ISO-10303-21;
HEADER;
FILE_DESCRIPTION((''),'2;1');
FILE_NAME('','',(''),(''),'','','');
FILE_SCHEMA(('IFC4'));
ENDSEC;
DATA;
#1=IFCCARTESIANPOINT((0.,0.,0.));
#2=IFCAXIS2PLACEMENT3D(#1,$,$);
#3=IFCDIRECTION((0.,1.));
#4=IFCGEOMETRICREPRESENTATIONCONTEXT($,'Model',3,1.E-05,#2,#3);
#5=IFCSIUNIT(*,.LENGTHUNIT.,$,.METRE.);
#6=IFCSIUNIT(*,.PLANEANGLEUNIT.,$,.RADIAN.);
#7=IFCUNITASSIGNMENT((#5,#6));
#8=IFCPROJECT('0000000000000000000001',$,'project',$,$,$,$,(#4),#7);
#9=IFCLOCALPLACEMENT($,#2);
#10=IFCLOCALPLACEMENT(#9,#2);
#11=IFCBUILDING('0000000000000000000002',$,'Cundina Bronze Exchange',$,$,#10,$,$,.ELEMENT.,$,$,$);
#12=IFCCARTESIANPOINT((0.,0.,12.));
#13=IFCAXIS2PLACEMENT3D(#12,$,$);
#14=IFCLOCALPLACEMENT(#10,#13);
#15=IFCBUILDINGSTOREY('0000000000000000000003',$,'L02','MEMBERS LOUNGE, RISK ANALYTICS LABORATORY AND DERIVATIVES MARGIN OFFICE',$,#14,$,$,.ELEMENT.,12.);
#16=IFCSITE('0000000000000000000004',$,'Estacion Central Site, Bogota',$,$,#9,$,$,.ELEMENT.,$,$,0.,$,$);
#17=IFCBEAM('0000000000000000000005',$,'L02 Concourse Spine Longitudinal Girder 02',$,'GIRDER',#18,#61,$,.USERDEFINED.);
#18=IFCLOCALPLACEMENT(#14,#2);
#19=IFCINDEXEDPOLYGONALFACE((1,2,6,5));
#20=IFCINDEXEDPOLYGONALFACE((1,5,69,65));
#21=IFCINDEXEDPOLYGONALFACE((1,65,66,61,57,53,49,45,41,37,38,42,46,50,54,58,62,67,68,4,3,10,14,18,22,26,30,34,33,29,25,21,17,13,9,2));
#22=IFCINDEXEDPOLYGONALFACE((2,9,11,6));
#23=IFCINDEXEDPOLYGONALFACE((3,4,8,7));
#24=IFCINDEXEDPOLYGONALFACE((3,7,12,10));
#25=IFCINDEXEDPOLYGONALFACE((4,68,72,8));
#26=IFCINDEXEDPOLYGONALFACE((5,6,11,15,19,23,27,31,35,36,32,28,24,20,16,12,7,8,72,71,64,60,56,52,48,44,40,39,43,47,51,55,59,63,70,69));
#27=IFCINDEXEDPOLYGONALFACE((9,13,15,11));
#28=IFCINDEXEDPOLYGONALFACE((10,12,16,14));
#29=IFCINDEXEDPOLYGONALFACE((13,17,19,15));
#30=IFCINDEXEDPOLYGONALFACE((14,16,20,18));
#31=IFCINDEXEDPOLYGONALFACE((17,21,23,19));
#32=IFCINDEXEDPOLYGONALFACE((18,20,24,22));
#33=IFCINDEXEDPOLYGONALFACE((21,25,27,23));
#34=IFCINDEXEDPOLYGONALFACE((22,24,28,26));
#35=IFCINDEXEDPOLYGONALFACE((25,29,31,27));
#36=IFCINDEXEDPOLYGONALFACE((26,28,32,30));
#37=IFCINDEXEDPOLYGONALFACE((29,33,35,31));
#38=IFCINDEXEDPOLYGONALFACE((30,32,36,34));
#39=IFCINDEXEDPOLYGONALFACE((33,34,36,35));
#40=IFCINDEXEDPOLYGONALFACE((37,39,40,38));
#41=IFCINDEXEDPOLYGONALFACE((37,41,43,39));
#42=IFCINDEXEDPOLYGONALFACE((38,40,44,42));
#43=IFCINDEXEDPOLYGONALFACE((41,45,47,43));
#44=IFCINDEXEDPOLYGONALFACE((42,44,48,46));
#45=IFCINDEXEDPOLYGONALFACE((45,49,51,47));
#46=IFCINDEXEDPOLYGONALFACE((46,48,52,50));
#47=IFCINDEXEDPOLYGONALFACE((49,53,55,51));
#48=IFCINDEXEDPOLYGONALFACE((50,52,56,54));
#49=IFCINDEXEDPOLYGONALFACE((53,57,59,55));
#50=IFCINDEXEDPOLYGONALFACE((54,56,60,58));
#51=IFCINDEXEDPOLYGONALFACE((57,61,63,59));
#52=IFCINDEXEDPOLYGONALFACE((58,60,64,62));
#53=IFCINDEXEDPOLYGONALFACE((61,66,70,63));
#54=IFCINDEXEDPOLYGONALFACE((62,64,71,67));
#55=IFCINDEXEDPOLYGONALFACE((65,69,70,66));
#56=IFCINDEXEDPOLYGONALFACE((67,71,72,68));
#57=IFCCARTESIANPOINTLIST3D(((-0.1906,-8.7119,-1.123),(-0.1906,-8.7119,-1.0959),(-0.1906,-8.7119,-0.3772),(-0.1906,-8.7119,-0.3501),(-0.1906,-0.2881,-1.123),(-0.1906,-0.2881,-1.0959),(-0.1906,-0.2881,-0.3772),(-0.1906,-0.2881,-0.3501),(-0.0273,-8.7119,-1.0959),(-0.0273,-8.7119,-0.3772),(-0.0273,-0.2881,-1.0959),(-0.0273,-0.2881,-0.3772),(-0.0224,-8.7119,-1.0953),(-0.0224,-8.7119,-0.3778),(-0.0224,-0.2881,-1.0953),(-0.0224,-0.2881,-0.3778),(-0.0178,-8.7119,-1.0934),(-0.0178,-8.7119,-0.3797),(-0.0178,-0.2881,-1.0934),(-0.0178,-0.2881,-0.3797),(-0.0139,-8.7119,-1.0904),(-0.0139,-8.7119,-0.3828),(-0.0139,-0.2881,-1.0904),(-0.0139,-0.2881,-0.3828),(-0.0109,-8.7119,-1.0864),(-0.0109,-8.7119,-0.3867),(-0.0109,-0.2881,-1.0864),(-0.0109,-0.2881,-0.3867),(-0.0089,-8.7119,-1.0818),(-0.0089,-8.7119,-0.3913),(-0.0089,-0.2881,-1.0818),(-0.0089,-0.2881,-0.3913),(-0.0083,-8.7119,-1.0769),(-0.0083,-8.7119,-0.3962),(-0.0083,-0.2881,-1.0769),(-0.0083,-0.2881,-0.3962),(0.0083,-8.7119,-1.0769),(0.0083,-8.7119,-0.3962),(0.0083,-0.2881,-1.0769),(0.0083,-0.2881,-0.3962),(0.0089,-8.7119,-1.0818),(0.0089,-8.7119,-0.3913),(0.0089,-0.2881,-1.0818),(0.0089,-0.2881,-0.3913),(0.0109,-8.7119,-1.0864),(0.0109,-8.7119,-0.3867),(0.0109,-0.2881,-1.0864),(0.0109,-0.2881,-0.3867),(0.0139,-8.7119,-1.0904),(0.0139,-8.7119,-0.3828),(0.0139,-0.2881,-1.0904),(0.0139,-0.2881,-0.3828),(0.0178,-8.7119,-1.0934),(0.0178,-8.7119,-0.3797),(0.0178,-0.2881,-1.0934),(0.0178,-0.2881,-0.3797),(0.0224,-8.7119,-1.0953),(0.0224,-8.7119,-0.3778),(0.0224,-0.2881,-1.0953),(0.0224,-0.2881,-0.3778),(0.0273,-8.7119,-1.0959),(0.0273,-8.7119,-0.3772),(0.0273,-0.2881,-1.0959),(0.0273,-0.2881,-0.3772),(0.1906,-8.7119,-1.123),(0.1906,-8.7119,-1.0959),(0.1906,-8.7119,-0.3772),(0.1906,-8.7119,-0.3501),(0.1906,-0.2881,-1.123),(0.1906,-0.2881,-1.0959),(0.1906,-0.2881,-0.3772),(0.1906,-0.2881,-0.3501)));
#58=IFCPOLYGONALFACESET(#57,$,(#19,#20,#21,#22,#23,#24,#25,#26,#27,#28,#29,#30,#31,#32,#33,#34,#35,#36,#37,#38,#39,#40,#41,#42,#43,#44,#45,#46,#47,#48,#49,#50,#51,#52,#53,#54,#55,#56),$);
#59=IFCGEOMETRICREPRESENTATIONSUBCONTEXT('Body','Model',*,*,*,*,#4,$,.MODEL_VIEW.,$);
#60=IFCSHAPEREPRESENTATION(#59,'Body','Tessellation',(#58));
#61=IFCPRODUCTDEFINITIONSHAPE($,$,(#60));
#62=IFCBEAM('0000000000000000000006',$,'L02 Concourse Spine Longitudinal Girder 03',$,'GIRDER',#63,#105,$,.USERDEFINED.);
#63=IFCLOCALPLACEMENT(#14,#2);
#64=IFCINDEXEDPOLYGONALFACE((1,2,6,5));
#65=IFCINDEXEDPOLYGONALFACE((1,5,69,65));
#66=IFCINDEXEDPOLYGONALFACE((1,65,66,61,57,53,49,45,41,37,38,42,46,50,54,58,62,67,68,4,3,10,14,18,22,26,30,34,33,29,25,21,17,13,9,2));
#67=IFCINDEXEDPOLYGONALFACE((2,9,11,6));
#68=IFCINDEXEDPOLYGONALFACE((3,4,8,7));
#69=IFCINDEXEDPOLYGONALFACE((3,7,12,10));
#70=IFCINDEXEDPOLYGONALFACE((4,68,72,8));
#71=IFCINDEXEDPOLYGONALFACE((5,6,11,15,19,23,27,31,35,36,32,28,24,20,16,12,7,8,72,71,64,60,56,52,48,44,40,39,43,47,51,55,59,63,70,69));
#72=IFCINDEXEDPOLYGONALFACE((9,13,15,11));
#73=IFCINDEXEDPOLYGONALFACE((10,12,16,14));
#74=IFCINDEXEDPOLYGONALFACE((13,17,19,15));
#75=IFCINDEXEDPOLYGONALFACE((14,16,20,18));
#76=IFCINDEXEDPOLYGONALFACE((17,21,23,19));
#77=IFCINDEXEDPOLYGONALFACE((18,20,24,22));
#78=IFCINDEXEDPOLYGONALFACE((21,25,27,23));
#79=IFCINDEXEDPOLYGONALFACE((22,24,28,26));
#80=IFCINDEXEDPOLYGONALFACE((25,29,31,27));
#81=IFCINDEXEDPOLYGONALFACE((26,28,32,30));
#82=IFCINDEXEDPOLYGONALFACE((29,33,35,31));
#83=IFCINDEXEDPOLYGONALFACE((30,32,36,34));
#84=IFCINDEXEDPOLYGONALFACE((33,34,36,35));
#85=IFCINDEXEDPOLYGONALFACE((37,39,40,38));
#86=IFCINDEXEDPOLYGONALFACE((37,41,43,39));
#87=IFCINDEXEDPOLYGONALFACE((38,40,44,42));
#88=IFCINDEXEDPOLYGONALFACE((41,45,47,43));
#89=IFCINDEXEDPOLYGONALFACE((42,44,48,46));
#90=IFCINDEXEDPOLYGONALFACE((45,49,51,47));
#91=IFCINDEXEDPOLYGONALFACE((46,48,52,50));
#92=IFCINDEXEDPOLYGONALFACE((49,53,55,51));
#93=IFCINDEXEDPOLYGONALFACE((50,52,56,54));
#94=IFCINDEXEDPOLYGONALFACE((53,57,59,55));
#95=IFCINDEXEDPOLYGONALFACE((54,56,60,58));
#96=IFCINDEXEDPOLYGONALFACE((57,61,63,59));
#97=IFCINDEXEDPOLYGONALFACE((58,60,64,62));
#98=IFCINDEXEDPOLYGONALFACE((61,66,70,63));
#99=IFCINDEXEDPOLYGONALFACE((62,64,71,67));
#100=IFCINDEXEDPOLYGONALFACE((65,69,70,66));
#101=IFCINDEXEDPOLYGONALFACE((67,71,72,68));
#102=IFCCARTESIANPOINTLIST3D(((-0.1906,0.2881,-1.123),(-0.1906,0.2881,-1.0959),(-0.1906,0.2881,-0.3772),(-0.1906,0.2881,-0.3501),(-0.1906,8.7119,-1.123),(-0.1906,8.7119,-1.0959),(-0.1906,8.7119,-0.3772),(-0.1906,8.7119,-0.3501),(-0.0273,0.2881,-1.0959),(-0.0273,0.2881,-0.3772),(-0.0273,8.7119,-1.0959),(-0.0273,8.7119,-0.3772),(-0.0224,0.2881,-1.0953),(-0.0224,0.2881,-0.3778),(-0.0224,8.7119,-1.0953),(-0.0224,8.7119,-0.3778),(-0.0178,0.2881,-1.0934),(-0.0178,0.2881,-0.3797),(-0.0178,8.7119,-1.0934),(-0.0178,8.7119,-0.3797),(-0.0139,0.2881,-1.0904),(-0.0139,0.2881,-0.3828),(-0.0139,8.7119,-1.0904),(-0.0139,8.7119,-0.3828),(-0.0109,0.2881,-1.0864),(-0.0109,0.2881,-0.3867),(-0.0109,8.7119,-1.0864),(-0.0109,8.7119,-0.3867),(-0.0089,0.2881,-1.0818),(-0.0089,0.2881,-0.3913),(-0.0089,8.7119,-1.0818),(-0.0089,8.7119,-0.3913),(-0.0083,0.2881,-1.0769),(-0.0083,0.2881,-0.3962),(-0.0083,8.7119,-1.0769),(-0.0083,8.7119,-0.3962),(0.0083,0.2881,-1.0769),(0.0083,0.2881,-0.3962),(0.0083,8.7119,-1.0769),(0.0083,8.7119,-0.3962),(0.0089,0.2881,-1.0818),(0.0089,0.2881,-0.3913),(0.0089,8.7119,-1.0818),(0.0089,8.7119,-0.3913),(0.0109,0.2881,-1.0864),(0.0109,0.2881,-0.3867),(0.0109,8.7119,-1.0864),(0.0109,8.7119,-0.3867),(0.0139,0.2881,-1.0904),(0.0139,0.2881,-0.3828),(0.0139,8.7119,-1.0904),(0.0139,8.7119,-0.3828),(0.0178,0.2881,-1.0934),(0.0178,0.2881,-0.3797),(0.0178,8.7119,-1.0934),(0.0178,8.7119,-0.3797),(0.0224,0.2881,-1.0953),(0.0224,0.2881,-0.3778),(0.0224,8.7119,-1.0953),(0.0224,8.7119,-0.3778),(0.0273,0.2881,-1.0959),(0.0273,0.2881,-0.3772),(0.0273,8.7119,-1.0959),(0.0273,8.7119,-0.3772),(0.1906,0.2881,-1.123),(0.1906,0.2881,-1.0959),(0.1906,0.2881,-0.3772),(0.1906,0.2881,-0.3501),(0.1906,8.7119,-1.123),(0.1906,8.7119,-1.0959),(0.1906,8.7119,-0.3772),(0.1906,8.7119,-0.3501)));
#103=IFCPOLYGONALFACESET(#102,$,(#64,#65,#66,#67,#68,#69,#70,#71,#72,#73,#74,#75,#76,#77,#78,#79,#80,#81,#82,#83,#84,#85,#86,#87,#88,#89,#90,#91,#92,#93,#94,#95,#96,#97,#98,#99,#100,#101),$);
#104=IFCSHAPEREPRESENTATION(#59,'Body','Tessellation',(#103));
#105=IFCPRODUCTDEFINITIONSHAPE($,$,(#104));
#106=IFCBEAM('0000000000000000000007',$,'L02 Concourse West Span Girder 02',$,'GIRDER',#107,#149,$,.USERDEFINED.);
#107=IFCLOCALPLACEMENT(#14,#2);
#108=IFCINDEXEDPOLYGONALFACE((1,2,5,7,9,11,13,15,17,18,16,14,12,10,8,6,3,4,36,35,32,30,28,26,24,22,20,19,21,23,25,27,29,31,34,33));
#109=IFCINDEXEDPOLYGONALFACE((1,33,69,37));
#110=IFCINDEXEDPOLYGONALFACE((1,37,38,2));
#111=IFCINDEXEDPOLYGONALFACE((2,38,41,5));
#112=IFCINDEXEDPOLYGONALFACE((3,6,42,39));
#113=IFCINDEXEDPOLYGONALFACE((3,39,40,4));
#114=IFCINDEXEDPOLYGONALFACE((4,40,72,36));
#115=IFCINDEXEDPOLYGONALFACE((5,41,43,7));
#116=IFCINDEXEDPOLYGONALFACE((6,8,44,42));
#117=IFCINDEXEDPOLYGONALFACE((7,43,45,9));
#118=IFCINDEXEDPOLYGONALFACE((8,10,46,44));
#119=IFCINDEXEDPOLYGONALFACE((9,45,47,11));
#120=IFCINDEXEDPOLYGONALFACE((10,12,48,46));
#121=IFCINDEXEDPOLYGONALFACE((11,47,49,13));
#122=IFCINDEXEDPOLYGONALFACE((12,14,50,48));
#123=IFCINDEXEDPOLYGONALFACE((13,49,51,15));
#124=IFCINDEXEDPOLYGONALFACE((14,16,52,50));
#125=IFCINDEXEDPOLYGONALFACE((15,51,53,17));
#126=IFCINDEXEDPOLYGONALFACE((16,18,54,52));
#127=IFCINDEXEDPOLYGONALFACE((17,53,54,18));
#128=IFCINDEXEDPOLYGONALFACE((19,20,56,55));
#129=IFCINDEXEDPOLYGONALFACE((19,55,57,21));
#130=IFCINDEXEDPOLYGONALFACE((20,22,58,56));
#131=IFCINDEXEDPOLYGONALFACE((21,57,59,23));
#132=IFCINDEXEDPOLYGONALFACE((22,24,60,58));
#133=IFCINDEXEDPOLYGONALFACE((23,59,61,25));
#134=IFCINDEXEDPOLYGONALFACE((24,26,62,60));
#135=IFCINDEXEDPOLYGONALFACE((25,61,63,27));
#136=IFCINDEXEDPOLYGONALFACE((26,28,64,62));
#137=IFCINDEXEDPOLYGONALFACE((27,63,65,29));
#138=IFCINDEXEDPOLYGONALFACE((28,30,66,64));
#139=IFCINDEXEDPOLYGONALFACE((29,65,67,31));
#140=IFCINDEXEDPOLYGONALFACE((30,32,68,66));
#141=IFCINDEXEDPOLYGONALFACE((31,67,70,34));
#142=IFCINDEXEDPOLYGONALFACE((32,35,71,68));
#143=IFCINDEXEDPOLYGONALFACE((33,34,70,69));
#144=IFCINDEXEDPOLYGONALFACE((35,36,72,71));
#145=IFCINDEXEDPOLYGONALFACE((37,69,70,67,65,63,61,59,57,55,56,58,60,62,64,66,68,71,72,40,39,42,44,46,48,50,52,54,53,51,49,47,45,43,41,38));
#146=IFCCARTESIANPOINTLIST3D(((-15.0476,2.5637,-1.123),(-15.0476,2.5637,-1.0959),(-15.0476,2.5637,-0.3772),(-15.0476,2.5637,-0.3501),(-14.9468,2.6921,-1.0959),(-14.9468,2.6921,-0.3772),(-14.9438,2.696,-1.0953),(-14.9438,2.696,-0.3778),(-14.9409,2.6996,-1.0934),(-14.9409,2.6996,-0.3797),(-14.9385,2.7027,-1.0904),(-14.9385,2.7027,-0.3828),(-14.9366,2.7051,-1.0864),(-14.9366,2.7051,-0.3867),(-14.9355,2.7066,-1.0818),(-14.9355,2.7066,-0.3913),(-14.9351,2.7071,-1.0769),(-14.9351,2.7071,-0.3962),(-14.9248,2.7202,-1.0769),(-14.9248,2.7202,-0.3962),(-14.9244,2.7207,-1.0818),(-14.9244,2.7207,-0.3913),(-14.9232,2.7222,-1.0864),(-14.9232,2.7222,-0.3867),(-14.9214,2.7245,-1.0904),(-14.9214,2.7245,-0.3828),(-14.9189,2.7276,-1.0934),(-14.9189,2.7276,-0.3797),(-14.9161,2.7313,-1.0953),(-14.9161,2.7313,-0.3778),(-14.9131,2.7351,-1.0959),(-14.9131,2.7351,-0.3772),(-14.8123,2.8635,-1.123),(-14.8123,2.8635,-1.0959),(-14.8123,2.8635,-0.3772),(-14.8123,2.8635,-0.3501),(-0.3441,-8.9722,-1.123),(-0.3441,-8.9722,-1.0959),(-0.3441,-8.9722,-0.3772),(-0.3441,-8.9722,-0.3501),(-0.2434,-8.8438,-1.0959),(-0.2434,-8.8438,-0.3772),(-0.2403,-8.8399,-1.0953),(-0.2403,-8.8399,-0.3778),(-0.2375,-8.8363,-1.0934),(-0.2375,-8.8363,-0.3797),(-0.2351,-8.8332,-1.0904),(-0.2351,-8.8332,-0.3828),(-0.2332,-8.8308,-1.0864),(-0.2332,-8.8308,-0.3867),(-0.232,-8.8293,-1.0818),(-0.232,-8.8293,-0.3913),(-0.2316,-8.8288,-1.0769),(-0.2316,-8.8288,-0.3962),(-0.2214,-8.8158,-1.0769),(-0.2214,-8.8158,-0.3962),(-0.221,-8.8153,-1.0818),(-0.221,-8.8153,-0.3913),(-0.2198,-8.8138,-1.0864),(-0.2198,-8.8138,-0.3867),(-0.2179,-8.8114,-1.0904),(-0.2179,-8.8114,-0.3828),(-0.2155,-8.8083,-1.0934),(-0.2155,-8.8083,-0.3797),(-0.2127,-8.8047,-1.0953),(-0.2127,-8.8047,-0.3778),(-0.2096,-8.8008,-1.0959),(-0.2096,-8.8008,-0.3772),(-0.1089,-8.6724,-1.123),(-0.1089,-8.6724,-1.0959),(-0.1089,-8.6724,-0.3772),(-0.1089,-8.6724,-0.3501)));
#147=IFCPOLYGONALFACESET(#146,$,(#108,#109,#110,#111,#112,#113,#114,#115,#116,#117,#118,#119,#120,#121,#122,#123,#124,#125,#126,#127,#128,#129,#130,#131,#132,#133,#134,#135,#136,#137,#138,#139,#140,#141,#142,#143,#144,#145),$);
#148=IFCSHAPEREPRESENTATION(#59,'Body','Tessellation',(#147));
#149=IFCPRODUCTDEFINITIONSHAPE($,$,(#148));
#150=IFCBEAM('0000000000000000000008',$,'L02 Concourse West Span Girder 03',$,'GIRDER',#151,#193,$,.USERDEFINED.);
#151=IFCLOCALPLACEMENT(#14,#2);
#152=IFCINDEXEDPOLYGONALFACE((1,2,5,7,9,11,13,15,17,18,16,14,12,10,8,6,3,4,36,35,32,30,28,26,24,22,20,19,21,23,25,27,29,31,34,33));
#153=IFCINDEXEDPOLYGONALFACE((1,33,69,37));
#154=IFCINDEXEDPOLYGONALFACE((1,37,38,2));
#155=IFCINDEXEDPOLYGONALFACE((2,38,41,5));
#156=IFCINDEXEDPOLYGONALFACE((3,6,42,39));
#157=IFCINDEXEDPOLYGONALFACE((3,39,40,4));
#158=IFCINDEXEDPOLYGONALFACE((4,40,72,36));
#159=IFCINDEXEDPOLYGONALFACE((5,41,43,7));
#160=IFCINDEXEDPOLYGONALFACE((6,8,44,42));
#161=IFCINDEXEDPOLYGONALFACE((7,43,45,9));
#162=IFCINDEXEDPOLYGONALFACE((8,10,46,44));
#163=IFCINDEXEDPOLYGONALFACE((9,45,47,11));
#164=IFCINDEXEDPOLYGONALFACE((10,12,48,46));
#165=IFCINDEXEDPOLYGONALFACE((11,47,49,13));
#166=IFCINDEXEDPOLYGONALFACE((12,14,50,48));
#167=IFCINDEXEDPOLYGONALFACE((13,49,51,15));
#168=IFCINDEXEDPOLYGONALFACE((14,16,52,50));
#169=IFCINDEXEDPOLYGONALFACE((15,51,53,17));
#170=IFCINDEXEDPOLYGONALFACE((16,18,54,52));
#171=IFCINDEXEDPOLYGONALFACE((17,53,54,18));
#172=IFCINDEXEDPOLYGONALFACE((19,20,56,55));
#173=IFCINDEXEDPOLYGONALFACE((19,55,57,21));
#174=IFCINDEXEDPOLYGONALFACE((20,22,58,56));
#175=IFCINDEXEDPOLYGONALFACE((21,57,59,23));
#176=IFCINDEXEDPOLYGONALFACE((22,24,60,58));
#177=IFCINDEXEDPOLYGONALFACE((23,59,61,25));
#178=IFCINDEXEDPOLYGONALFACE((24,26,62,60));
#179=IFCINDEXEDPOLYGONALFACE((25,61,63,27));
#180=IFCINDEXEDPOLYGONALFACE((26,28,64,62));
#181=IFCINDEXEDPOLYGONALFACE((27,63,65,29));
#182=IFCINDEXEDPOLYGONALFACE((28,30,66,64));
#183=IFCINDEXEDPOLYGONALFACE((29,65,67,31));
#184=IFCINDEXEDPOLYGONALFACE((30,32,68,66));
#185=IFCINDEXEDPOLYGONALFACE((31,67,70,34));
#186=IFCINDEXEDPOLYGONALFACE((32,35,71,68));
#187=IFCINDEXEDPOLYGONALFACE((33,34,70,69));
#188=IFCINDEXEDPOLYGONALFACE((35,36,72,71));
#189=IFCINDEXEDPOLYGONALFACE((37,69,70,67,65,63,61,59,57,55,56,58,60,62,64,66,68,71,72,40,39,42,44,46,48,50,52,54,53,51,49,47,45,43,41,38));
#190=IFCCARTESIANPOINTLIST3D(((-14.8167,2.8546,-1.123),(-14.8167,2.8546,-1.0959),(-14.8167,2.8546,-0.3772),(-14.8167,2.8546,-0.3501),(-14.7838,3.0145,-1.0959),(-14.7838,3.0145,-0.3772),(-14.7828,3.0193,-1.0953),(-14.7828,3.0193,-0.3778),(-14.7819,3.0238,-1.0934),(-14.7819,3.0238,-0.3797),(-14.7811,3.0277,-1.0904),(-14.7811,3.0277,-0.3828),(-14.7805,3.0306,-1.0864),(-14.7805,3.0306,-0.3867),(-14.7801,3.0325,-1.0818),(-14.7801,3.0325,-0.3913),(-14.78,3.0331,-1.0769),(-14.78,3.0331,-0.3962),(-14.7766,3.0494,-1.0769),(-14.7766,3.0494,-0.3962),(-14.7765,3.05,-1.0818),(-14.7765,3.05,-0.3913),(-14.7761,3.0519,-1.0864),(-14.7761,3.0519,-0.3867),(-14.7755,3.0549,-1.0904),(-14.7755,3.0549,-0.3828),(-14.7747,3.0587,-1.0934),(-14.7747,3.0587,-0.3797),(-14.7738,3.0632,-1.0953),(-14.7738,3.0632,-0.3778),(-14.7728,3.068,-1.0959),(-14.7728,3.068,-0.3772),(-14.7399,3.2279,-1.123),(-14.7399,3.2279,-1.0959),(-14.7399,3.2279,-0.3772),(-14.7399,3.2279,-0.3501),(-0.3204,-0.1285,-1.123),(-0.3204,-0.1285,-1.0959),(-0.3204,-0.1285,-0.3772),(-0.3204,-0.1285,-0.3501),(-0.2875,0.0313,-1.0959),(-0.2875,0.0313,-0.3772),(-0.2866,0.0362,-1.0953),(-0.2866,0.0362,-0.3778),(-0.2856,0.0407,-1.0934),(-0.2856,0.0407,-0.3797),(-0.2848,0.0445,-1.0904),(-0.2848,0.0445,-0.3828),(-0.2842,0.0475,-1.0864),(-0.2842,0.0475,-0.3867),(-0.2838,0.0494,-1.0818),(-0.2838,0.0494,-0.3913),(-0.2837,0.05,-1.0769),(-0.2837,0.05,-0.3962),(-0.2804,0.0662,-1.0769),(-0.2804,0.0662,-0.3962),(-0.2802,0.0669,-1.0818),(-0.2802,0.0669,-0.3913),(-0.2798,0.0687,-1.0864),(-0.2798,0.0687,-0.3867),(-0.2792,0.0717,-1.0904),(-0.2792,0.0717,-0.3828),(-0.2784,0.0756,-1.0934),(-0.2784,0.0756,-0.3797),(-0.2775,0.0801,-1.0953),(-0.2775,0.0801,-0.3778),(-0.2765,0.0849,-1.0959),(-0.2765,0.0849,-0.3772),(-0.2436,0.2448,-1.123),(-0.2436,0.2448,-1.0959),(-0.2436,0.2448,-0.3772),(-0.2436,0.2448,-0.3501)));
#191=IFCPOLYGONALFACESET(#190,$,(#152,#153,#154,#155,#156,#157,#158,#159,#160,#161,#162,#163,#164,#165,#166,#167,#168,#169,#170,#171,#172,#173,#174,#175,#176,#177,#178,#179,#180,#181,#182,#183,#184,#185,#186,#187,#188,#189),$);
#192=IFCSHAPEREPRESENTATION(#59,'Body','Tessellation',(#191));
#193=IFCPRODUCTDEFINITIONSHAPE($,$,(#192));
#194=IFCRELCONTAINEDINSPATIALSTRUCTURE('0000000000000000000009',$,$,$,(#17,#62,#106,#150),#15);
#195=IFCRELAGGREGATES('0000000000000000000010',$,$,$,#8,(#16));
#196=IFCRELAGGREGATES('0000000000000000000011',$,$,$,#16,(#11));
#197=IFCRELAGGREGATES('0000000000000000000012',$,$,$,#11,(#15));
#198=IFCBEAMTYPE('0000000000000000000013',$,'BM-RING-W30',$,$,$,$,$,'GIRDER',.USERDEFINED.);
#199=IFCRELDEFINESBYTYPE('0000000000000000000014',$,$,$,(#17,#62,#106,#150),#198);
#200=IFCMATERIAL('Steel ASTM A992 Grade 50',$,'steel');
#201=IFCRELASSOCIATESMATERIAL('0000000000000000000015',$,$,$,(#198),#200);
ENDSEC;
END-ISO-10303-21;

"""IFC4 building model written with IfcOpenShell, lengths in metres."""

from ifc_helpers import new_model, si_unit, direction, frame, origin, origin_2d, place, context, subcontext, project, spatial, i_section, extrude, material, material_profile, profile_set, type_object, element, save


model = new_model("IFC4")

# Units and contexts
model_context = context("Model", 3, precision=1e-05, world=origin(), true_north=direction((0.0, 1.0)))
body_context = subcontext(model_context, "Body", "Model", "MODEL_VIEW")
ifc_project = project(units=[si_unit("LENGTHUNIT", "METRE"), si_unit("PLANEANGLEUNIT", "RADIAN")], contexts=[model_context])

# Site, building, storey
site_placement = place(None, origin())
site = spatial("IfcSite", under=ifc_project, at=site_placement, Name="Estacion Central Site, Bogota", CompositionType="ELEMENT", RefElevation=0.0)
building_placement = place(site_placement, origin())
building = spatial("IfcBuilding", under=site, at=building_placement, Name="Cundina Bronze Exchange", CompositionType="ELEMENT")
storey_placement = place(building_placement, frame((0.0, 0.0, 12.0)))
storey = spatial("IfcBuildingStorey", under=building, at=storey_placement, Name="L02", Description="MEMBERS LOUNGE, RISK ANALYTICS LABORATORY AND DERIVATIVES MARGIN OFFICE", CompositionType="ELEMENT", Elevation=12.0)

# Shared definitions
ifc_material_1 = material(Name="Steel ASTM A992 Grade 50", Category="steel")

# Beams
ifc_material_profile_1 = material_profile(ifc_material_1, i_section(OverallWidth=0.3811, OverallDepth=0.7729, WebThickness=0.0166, FlangeThickness=0.0271, FilletRadius=0.019, at=origin_2d()), Name="W30X173", Category="steel")
ifc_profile_set_1 = profile_set([ifc_material_profile_1], Name="Steel ASTM A992 Grade 50")
beam_type_1 = type_object("IfcBeamType", Name="BM-RING-W30", ElementType="GIRDER", PredefinedType="USERDEFINED", material=ifc_profile_set_1)
for number, where, z_axis, x_axis, name in (
    (1, (0.0, -8.7119, -0.7366), (0.0, 1.0, 0.0), (-1.0, 0.0, 0.0), "L02 Concourse Spine Longitudinal Girder 02"),
    (2, (0.0, 0.2881, -0.7366), (0.0, 1.0, 0.0), (-1.0, 0.0, 0.0), "L02 Concourse Spine Longitudinal Girder 03"),
):
    element("IfcBeam", number, at=place(storey_placement, frame(where, z_axis=z_axis, x_axis=x_axis)), inside=storey, type_object=beam_type_1, Name=name, ObjectType="GIRDER", PredefinedType="USERDEFINED", context=body_context, shape_type="SweptSolid", body=[
        extrude(i_section(OverallWidth=0.3811, OverallDepth=0.7729, WebThickness=0.0166, FlangeThickness=0.0271, FilletRadius=0.019, at=origin_2d()), origin(), (0.0, 0.0, 1.0), 8.4238),
    ])
beam_1_placement = place(storey_placement, frame((-14.9299, 2.7136, -0.7366), z_axis=(0.786754, -0.617267, 0.0), x_axis=(0.617267, 0.786754, 0.0)))
element("IfcBeam", 3, at=beam_1_placement, inside=storey, type_object=beam_type_1, Name="L02 Concourse West Span Girder 02", ObjectType="GIRDER", PredefinedType="USERDEFINED", context=body_context, shape_type="SweptSolid", body=[
    extrude(i_section(OverallWidth=0.3811, OverallDepth=0.7729, WebThickness=0.0166, FlangeThickness=0.0271, FilletRadius=0.019, at=origin_2d()), origin(), (0.0, 0.0, 1.0), 18.6887),
])
beam_2_placement = place(storey_placement, frame((-14.7783, 3.0413, -0.7366), z_axis=(0.979476, -0.201563, 0.0), x_axis=(0.201563, 0.979476, 0.0)))
element("IfcBeam", 4, at=beam_2_placement, inside=storey, type_object=beam_type_1, Name="L02 Concourse West Span Girder 03", ObjectType="GIRDER", PredefinedType="USERDEFINED", context=body_context, shape_type="SweptSolid", body=[
    extrude(i_section(OverallWidth=0.3811, OverallDepth=0.7729, WebThickness=0.0166, FlangeThickness=0.0271, FilletRadius=0.019, at=origin_2d()), origin(), (0.0, 0.0, 1.0), 14.8),
])

save(model, "model.ifc")
